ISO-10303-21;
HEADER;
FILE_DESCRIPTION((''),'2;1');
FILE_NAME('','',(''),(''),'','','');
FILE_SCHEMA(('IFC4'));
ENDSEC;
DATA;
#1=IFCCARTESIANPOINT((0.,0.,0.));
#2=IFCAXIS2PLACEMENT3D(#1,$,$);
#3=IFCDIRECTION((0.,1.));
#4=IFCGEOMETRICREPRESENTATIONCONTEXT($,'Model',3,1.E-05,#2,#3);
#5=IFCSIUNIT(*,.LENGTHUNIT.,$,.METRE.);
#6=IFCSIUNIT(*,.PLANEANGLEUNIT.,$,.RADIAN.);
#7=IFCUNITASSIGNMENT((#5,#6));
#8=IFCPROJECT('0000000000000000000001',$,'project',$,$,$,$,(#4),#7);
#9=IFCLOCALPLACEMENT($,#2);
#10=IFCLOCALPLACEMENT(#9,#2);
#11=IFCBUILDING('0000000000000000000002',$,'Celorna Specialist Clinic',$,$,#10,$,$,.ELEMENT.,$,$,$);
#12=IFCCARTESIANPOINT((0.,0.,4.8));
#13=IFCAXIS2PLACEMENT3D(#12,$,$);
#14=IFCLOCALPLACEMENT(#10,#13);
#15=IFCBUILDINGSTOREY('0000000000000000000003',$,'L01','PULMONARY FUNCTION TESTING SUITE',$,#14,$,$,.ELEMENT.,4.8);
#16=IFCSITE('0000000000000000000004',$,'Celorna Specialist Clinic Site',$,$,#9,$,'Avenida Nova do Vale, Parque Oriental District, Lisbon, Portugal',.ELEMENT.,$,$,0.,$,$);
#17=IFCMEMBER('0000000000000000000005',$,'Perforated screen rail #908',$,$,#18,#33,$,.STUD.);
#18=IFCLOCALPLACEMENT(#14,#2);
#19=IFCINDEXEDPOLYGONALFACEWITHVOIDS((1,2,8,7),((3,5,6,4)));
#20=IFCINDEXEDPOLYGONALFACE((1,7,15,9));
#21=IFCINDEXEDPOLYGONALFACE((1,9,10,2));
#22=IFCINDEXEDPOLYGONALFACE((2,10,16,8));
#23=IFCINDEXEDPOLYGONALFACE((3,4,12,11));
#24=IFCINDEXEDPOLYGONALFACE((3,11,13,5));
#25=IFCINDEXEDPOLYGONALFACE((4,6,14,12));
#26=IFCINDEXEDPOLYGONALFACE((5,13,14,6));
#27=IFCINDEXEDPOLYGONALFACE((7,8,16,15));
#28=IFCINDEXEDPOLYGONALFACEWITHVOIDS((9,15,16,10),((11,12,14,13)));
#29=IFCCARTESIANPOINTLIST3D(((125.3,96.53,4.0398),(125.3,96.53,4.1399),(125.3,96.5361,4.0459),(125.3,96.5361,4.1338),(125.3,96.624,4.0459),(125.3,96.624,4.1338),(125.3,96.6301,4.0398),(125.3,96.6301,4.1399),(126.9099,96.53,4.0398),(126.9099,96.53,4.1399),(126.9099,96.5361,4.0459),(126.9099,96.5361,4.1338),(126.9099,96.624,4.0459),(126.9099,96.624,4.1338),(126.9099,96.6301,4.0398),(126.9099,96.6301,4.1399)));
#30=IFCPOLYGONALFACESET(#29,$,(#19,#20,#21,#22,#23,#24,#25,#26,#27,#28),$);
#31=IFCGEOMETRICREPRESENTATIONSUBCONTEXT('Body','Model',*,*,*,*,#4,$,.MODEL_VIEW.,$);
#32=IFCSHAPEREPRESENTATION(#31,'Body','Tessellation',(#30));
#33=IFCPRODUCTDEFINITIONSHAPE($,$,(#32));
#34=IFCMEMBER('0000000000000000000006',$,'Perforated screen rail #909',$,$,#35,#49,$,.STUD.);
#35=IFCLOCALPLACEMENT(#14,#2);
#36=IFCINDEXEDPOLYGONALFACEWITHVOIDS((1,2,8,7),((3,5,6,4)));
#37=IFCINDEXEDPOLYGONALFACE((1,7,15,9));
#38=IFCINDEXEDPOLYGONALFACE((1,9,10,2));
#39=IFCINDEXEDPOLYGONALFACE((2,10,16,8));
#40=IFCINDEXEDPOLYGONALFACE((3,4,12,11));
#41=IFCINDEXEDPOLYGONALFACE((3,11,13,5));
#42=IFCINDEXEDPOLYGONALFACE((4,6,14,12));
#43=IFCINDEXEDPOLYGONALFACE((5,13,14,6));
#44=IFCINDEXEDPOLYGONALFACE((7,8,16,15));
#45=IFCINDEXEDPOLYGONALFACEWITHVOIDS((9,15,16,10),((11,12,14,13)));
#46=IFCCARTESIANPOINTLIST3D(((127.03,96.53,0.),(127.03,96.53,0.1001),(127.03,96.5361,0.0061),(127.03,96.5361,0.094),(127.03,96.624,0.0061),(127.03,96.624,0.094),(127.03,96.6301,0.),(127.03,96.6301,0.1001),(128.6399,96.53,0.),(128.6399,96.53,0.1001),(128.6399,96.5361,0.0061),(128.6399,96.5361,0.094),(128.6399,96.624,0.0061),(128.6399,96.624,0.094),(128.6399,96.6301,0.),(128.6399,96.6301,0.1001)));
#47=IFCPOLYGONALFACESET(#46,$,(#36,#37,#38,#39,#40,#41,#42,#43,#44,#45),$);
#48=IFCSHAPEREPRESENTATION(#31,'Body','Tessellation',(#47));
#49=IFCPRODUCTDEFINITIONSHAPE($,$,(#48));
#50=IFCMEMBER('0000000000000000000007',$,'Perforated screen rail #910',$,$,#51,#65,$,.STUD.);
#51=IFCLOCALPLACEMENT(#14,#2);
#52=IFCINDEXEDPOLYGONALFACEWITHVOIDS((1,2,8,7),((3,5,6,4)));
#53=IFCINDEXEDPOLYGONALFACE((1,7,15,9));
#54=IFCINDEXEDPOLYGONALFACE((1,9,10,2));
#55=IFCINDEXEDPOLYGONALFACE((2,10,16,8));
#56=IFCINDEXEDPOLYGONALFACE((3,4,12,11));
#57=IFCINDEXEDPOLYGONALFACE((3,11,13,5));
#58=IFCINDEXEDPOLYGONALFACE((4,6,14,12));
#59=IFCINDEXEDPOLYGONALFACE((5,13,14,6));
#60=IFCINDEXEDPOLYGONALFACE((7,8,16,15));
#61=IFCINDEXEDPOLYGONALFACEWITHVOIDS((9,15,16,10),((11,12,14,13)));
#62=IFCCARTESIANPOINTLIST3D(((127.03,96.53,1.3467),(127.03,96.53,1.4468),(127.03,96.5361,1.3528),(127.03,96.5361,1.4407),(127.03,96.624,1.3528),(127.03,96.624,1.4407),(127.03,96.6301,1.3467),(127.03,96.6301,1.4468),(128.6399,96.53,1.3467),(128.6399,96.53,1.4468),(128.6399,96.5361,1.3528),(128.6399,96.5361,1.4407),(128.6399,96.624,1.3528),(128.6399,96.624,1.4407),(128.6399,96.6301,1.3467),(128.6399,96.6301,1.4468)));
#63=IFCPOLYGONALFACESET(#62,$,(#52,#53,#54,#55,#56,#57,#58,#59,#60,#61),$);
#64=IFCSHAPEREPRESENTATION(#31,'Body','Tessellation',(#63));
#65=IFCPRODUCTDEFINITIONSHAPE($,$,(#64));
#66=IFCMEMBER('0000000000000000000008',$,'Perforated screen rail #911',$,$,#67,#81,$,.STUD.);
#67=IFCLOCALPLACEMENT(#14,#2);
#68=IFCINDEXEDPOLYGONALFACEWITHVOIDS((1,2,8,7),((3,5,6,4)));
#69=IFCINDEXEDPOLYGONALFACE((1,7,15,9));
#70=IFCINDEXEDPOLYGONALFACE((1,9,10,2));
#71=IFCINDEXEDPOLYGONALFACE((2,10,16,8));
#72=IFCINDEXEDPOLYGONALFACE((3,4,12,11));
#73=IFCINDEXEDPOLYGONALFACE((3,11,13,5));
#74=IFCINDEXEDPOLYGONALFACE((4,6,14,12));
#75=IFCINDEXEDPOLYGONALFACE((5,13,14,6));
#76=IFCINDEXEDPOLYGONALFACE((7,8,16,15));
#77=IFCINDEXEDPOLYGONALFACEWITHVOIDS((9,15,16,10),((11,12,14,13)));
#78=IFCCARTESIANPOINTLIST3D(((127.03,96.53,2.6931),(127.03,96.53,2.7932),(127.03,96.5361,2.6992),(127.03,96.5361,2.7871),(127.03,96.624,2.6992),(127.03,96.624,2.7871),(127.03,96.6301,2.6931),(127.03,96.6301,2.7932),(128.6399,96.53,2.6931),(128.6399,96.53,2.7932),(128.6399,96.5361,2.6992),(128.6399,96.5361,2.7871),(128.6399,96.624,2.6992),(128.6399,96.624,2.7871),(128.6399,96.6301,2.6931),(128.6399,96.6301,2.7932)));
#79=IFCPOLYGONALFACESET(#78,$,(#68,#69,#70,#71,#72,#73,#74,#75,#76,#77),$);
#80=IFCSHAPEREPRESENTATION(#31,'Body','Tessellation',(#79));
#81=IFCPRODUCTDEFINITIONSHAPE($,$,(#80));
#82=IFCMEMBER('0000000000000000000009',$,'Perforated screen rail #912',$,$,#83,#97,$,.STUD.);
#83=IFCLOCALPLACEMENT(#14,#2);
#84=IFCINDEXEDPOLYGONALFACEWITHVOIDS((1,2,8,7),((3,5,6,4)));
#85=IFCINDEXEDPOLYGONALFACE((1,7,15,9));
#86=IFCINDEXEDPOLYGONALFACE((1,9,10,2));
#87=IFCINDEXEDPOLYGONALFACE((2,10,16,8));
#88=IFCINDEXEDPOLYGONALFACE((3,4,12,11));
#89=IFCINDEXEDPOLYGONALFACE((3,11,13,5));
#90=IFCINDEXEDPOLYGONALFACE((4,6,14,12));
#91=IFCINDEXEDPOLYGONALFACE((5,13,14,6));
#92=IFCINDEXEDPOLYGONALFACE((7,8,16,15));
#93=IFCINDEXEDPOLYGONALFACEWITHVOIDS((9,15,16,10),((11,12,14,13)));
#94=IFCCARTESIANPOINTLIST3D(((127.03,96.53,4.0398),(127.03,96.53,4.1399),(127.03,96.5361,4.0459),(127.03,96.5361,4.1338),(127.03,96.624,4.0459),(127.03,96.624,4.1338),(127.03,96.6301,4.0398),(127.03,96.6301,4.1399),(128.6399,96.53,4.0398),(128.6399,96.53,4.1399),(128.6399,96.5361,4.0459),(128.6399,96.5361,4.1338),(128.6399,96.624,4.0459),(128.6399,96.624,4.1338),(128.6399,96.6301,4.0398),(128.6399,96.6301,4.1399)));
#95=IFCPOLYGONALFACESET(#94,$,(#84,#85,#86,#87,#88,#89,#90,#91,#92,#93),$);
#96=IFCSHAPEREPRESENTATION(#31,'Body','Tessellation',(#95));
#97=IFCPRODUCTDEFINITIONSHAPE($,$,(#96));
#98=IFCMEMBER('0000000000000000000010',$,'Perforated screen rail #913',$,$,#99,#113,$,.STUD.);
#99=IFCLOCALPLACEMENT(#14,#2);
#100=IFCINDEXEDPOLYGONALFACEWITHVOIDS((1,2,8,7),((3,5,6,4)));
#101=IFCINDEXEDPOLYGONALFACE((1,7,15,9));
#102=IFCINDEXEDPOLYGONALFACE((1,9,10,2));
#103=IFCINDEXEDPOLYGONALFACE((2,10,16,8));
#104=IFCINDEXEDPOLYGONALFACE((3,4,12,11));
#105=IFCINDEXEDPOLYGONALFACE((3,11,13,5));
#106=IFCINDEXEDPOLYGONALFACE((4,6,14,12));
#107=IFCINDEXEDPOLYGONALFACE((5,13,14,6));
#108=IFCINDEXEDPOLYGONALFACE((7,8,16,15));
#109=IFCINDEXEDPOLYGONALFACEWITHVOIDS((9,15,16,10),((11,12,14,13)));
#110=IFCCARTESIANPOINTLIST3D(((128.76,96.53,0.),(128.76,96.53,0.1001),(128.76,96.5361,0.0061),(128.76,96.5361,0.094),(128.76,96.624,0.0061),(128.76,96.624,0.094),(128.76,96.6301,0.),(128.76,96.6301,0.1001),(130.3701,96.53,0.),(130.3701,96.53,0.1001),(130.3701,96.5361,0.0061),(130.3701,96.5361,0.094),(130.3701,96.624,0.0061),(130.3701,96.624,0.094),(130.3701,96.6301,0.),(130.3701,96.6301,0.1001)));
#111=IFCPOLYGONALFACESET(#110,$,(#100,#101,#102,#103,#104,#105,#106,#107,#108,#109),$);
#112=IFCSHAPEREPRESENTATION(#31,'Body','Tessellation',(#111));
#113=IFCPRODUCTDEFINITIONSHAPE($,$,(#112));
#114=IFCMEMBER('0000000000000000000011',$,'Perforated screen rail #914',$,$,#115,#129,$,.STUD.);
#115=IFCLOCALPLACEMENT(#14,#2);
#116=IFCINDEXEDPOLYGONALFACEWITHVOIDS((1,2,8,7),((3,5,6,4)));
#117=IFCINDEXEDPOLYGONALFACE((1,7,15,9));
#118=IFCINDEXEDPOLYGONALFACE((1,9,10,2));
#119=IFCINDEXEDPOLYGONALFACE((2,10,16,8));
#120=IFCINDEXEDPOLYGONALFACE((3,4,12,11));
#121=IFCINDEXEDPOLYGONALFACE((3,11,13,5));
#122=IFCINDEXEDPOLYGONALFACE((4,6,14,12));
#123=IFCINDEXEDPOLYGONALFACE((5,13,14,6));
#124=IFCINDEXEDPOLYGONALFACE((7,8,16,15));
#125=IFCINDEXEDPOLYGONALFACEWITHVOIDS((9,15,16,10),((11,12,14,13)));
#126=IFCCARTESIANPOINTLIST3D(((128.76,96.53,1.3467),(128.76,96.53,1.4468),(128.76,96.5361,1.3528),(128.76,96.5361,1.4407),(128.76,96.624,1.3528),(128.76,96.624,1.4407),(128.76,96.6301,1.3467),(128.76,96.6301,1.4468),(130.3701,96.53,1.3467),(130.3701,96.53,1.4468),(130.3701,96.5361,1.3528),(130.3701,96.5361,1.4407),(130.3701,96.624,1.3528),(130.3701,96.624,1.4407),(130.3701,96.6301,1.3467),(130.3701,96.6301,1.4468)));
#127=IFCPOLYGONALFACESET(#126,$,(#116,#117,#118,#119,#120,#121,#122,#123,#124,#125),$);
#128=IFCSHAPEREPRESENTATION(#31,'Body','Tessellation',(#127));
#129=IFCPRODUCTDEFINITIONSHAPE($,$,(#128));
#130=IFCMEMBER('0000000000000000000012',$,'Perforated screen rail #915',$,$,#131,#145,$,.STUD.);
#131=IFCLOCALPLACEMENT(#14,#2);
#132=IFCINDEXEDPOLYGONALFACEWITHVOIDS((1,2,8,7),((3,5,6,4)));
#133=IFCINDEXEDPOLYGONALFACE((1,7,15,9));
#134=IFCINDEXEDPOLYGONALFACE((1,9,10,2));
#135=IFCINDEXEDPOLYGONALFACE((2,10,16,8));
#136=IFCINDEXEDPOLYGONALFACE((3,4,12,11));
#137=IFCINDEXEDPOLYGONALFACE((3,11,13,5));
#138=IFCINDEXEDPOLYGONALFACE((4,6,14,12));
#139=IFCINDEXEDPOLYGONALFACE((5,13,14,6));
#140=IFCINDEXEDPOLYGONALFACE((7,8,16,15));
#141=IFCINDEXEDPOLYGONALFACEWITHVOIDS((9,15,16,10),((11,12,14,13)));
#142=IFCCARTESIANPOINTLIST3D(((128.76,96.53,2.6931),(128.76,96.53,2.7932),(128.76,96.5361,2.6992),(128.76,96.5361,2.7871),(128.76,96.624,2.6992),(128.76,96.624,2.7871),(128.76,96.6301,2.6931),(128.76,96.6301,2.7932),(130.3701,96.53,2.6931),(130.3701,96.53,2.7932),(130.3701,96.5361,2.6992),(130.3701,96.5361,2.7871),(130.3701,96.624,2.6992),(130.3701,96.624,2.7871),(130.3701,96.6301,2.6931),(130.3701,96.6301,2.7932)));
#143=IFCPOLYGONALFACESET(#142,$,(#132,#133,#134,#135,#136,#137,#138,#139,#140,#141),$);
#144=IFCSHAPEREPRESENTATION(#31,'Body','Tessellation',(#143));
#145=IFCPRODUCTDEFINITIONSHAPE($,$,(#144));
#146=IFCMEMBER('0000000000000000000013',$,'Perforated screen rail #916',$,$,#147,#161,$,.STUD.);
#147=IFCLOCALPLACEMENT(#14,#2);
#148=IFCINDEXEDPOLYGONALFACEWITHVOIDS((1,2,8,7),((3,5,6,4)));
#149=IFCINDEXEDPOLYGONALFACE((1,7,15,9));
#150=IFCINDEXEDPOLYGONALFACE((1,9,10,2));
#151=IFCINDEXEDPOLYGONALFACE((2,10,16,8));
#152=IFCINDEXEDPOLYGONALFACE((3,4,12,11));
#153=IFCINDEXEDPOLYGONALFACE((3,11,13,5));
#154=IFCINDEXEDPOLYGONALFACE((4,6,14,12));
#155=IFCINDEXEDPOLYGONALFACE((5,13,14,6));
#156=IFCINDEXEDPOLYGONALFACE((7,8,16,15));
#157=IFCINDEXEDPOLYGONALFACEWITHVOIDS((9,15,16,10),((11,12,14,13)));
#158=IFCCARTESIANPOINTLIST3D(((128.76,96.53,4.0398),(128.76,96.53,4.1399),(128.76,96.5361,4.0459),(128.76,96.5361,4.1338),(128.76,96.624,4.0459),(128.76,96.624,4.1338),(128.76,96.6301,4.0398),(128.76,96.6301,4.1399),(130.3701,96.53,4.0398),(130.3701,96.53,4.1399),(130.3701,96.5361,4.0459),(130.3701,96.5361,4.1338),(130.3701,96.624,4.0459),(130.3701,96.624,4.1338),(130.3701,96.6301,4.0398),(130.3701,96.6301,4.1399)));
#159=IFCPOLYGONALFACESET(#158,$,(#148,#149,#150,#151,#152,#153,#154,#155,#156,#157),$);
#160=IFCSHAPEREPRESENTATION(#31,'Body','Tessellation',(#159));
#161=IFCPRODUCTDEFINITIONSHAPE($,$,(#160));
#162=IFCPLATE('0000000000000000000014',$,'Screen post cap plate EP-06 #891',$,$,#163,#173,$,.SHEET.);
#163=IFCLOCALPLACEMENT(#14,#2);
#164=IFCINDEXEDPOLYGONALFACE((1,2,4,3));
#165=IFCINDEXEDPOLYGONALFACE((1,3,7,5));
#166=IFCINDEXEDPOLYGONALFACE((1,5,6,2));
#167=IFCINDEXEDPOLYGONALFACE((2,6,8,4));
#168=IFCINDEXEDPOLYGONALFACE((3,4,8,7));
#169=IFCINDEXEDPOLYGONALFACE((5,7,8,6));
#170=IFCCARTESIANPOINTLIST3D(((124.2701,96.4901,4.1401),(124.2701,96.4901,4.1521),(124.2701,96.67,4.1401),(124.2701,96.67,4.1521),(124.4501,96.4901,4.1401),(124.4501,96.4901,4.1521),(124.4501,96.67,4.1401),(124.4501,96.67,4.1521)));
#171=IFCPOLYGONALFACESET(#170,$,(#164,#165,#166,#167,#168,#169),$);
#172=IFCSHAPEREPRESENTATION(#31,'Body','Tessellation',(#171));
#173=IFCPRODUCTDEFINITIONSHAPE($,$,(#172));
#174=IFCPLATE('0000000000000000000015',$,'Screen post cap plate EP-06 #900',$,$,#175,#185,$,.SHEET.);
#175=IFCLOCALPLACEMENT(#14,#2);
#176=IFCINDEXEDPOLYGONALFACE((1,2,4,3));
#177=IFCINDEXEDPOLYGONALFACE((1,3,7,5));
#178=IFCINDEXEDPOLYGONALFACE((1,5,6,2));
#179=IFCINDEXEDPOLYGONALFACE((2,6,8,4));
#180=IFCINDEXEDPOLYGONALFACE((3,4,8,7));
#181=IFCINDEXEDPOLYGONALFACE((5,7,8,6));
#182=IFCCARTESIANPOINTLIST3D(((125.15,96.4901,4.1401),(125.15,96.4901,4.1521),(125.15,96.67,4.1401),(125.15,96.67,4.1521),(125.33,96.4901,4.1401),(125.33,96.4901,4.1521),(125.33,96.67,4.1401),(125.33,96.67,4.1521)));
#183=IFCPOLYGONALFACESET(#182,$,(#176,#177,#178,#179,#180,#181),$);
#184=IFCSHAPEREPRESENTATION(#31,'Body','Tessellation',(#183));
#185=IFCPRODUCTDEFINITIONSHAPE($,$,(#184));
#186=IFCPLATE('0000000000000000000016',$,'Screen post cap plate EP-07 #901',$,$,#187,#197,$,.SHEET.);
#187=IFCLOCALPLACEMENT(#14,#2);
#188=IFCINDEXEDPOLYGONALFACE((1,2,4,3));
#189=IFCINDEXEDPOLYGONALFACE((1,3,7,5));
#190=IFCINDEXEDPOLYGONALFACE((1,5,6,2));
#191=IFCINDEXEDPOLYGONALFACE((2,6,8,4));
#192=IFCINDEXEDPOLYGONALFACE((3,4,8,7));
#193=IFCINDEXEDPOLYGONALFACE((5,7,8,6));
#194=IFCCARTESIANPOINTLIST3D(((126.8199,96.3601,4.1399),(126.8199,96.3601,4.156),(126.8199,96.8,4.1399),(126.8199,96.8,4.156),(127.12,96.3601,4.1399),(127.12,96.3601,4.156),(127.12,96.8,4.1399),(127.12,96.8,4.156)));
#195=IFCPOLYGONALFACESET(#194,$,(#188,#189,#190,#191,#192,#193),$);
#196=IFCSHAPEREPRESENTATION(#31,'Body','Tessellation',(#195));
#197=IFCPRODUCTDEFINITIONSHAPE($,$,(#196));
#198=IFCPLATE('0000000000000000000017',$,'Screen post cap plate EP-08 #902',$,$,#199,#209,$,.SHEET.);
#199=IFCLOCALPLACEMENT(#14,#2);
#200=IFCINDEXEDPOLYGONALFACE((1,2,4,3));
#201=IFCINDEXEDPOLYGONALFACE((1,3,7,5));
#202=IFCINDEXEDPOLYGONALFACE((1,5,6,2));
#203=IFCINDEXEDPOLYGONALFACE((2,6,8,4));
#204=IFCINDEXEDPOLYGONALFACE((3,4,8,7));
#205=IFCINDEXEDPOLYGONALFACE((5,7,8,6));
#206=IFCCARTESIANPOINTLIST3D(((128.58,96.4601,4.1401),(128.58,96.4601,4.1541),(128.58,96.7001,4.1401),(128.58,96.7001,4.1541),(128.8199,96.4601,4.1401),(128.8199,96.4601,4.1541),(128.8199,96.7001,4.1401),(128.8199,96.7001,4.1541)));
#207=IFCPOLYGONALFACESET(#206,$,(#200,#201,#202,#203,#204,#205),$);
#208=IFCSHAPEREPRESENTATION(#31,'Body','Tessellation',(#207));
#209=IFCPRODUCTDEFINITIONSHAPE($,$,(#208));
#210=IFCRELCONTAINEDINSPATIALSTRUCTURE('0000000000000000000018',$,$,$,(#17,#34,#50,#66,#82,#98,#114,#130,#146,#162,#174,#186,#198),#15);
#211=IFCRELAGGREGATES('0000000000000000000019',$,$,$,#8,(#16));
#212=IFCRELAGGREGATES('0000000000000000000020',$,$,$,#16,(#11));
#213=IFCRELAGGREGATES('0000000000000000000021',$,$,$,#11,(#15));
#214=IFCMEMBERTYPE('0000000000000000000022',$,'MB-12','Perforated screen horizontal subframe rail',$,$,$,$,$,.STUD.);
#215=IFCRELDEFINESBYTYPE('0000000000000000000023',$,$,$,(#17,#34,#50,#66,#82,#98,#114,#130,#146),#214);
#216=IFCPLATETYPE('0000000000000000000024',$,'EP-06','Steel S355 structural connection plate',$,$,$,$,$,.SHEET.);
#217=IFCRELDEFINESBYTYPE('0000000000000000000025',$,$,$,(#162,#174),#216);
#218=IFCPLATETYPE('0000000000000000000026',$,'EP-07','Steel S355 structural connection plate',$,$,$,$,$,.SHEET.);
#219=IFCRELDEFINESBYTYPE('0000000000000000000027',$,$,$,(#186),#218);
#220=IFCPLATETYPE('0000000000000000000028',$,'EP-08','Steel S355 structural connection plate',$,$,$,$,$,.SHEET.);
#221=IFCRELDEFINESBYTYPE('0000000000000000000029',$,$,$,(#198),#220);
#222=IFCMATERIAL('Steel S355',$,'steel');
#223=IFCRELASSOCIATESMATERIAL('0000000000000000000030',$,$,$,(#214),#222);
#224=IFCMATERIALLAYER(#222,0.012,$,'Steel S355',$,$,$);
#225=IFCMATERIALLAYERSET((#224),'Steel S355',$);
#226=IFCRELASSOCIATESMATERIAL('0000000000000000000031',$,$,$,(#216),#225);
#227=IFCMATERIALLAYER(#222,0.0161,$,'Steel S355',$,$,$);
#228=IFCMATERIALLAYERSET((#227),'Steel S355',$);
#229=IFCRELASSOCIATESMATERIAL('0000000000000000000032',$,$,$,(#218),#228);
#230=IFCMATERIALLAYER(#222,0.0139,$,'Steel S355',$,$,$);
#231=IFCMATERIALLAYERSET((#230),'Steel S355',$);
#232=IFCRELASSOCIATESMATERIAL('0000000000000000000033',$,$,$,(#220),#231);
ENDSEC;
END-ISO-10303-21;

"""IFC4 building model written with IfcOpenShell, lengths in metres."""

from ifc_helpers import new_model, si_unit, direction, frame, origin, origin_2d, place, context, subcontext, project, spatial, rectangle, hollow_rectangle, extrude, material, layer, layer_set, material_profile, profile_set, type_object, element, save


model = new_model("IFC4")

# Units and contexts
model_context = context("Model", 3, precision=1e-05, world=origin(), true_north=direction((0.0, 1.0)))
body_context = subcontext(model_context, "Body", "Model", "MODEL_VIEW")
ifc_project = project(units=[si_unit("LENGTHUNIT", "METRE"), si_unit("PLANEANGLEUNIT", "RADIAN")], contexts=[model_context])

# Site, building, storey
site_placement = place(None, origin())
site = spatial("IfcSite", under=ifc_project, at=site_placement, Name="Celorna Specialist Clinic Site", LongName="Avenida Nova do Vale, Parque Oriental District, Lisbon, Portugal", CompositionType="ELEMENT", RefElevation=0.0)
building_placement = place(site_placement, origin())
building = spatial("IfcBuilding", under=site, at=building_placement, Name="Celorna Specialist Clinic", CompositionType="ELEMENT")
storey_placement = place(building_placement, frame((0.0, 0.0, 4.8)))
storey = spatial("IfcBuildingStorey", under=building, at=storey_placement, Name="L01", Description="PULMONARY FUNCTION TESTING SUITE", CompositionType="ELEMENT", Elevation=4.8)

# Shared definitions
ifc_material_1 = material(Name="Steel S355", Category="steel")

# Members
ifc_material_profile_1 = material_profile(ifc_material_1, hollow_rectangle(XDim=0.1001, YDim=0.1001, WallThickness=0.0061, at=origin_2d()), Name="SHS 100x100x6")
ifc_profile_set_1 = profile_set([ifc_material_profile_1], Name="Steel S355")
member_type_1 = type_object("IfcMemberType", Name="MB-12", Description="Perforated screen horizontal subframe rail", PredefinedType="STUD", material=ifc_profile_set_1)
for number, where, z_axis, x_axis, name in (
    (1, (125.3, 96.5801, 4.0898), (1.0, 0.0, 0.0), (0.0, 1.0, 0.0), "Perforated screen rail #908"),
    (2, (127.03, 96.5801, 0.05), (1.0, 0.0, 0.0), (0.0, 1.0, 0.0), "Perforated screen rail #909"),
    (3, (127.03, 96.5801, 1.3967), (1.0, 0.0, 0.0), (0.0, 1.0, 0.0), "Perforated screen rail #910"),
    (4, (127.03, 96.5801, 2.7432), (1.0, 0.0, 0.0), (0.0, 1.0, 0.0), "Perforated screen rail #911"),
    (5, (127.03, 96.5801, 4.0898), (1.0, 0.0, 0.0), (0.0, 1.0, 0.0), "Perforated screen rail #912"),
):
    element("IfcMember", number, at=place(storey_placement, frame(where, z_axis=z_axis, x_axis=x_axis)), inside=storey, type_object=member_type_1, Name=name, PredefinedType="STUD", context=body_context, shape_type="SweptSolid", body=[
        extrude(hollow_rectangle(XDim=0.1001, YDim=0.1001, WallThickness=0.0061, at=origin_2d()), origin(), (0.0, 0.0, 1.0), 1.6099),
    ])
for number, where, z_axis, x_axis, name in (
    (6, (128.76, 96.5801, 0.05), (1.0, 0.0, 0.0), (0.0, 1.0, 0.0), "Perforated screen rail #913"),
    (7, (128.76, 96.5801, 1.3967), (1.0, 0.0, 0.0), (0.0, 1.0, 0.0), "Perforated screen rail #914"),
    (8, (128.76, 96.5801, 2.7432), (1.0, 0.0, 0.0), (0.0, 1.0, 0.0), "Perforated screen rail #915"),
    (9, (128.76, 96.5801, 4.0898), (1.0, 0.0, 0.0), (0.0, 1.0, 0.0), "Perforated screen rail #916"),
):
    element("IfcMember", number, at=place(storey_placement, frame(where, z_axis=z_axis, x_axis=x_axis)), inside=storey, type_object=member_type_1, Name=name, PredefinedType="STUD", context=body_context, shape_type="SweptSolid", body=[
        extrude(hollow_rectangle(XDim=0.1001, YDim=0.1001, WallThickness=0.0061, at=origin_2d()), origin(), (0.0, 0.0, 1.0), 1.6101),
    ])

# Plates
ifc_layer_1 = layer(ifc_material_1, 0.012, Name="Steel S355")
ifc_layer_set_1 = layer_set([ifc_layer_1], Name="Steel S355")
plate_type_1 = type_object("IfcPlateType", Name="EP-06", Description="Steel S355 structural connection plate", PredefinedType="SHEET", material=ifc_layer_set_1)
for number, where, z_axis, x_axis, name in (
    (10, (124.3601, 96.5801, 4.1401), (0.0, 0.0, 1.0), (1.0, 0.0, 0.0), "Screen post cap plate EP-06 #891"),
    (11, (125.24, 96.5801, 4.1401), (0.0, 0.0, 1.0), (1.0, 0.0, 0.0), "Screen post cap plate EP-06 #900"),
):
    element("IfcPlate", number, at=place(storey_placement, frame(where, z_axis=z_axis, x_axis=x_axis)), inside=storey, type_object=plate_type_1, Name=name, PredefinedType="SHEET", context=body_context, shape_type="SweptSolid", body=[
        extrude(rectangle(XDim=0.1799, YDim=0.1799, at=origin_2d()), origin(), (0.0, 0.0, 1.0), 0.012),
    ])
ifc_layer_2 = layer(ifc_material_1, 0.0161, Name="Steel S355")
ifc_layer_set_2 = layer_set([ifc_layer_2], Name="Steel S355")
plate_type_2 = type_object("IfcPlateType", Name="EP-07", Description="Steel S355 structural connection plate", PredefinedType="SHEET", material=ifc_layer_set_2)
plate_1_placement = place(storey_placement, frame((126.97, 96.5801, 4.1399), z_axis=(0.0, 0.0, 1.0), x_axis=(1.0, 0.0, 0.0)))
element("IfcPlate", 12, at=plate_1_placement, inside=storey, type_object=plate_type_2, Name="Screen post cap plate EP-07 #901", PredefinedType="SHEET", context=body_context, shape_type="SweptSolid", body=[
    extrude(rectangle(XDim=0.3, YDim=0.4399, at=origin_2d()), origin(), (0.0, 0.0, 1.0), 0.0161),
])
ifc_layer_3 = layer(ifc_material_1, 0.0139, Name="Steel S355")
ifc_layer_set_3 = layer_set([ifc_layer_3], Name="Steel S355")
plate_type_3 = type_object("IfcPlateType", Name="EP-08", Description="Steel S355 structural connection plate", PredefinedType="SHEET", material=ifc_layer_set_3)
plate_2_placement = place(storey_placement, frame((128.7, 96.5801, 4.1401), z_axis=(0.0, 0.0, 1.0), x_axis=(1.0, 0.0, 0.0)))
element("IfcPlate", 13, at=plate_2_placement, inside=storey, type_object=plate_type_3, Name="Screen post cap plate EP-08 #902", PredefinedType="SHEET", context=body_context, shape_type="SweptSolid", body=[
    extrude(rectangle(XDim=0.24, YDim=0.24, at=origin_2d()), origin(), (0.0, 0.0, 1.0), 0.0139),
])

save(model, "model.ifc")
